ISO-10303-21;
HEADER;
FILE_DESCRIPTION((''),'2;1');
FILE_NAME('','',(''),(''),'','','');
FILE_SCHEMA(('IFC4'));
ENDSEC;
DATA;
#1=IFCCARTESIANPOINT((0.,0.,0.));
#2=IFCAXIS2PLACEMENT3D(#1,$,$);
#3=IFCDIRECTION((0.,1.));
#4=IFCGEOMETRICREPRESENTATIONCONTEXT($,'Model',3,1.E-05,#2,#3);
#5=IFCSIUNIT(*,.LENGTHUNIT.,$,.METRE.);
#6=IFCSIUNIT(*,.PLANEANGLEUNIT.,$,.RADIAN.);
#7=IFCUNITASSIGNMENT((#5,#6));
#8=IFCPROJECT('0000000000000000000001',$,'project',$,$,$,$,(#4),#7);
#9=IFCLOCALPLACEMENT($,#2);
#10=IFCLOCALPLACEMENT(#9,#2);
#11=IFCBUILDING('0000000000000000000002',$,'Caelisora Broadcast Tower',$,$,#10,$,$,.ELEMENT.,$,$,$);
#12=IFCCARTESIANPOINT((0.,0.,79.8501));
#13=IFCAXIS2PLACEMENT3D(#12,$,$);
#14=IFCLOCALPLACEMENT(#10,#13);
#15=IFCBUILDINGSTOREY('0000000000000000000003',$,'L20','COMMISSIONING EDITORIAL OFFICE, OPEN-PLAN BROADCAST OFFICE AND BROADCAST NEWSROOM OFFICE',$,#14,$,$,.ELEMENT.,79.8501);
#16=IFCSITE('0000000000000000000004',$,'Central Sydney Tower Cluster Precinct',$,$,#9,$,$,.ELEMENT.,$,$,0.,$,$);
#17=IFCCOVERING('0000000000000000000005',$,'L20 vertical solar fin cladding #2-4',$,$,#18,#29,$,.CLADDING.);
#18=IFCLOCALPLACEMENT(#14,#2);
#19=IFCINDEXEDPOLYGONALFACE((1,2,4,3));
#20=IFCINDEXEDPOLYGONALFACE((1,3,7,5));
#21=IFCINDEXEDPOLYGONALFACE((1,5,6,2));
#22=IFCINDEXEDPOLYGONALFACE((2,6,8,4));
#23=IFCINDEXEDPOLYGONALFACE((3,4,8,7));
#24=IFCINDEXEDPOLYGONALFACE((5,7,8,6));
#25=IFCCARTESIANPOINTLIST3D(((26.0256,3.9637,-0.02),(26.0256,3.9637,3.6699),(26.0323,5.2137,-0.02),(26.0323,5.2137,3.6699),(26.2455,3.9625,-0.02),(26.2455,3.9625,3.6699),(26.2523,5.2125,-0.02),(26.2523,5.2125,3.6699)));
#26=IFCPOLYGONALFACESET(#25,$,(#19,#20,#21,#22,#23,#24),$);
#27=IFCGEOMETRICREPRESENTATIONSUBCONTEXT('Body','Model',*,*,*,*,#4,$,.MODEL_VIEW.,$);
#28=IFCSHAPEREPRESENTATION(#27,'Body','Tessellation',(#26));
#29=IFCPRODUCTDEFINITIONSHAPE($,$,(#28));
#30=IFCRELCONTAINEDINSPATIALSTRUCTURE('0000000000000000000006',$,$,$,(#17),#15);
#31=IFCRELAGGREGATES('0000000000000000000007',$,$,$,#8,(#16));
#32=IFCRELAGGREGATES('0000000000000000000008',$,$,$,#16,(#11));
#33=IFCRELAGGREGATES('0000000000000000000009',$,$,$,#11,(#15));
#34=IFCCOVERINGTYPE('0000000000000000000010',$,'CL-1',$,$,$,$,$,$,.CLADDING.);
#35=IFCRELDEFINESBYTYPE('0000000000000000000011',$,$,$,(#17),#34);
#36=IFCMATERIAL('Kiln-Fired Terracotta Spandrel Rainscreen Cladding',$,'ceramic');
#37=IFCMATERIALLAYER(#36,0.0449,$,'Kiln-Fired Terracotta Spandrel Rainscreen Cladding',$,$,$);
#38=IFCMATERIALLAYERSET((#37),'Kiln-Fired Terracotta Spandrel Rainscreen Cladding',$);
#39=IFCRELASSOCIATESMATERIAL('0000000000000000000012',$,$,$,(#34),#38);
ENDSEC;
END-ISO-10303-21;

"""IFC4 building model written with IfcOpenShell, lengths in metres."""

from ifc_helpers import new_model, si_unit, direction, frame, origin, origin_2d, place, context, subcontext, project, spatial, rectangle, extrude, source, transform, mapped, material, layer, layer_set, type_object, type_shapes, element, save


model = new_model("IFC4")

# Units and contexts
model_context = context("Model", 3, precision=1e-05, world=origin(), true_north=direction((0.0, 1.0)))
body_context = subcontext(model_context, "Body", "Model", "MODEL_VIEW")
ifc_project = project(units=[si_unit("LENGTHUNIT", "METRE"), si_unit("PLANEANGLEUNIT", "RADIAN")], contexts=[model_context])

# Site, building, storey
site_placement = place(None, origin())
site = spatial("IfcSite", under=ifc_project, at=site_placement, Name="Central Sydney Tower Cluster Precinct", CompositionType="ELEMENT", RefElevation=0.0)
building_placement = place(site_placement, origin())
building = spatial("IfcBuilding", under=site, at=building_placement, Name="Caelisora Broadcast Tower", CompositionType="ELEMENT")
storey_placement = place(building_placement, frame((0.0, 0.0, 79.8501)))
storey = spatial("IfcBuildingStorey", under=building, at=storey_placement, Name="L20", Description="COMMISSIONING EDITORIAL OFFICE, OPEN-PLAN BROADCAST OFFICE AND BROADCAST NEWSROOM OFFICE", CompositionType="ELEMENT", Elevation=79.8501)

# Covering
ifc_material_1 = material(Name="Kiln-Fired Terracotta Spandrel Rainscreen Cladding", Category="ceramic")
ifc_layer_1 = layer(ifc_material_1, 0.0449, Name="Kiln-Fired Terracotta Spandrel Rainscreen Cladding")
ifc_layer_set_1 = layer_set([ifc_layer_1], Name="Kiln-Fired Terracotta Spandrel Rainscreen Cladding")
covering_type = type_object("IfcCoveringType", Name="CL-1", PredefinedType="CLADDING", material=ifc_layer_set_1)
shared_shape_1 = source(origin(), body_context, "Body", "SweptSolid", [
    extrude(rectangle(XDim=0.22, YDim=1.25, at=origin_2d()), origin(), (0.0, 0.0, 1.0), 3.6899),
])
type_shapes(covering_type, [shared_shape_1])
covering_placement = place(storey_placement, frame((26.1389, 4.5881, -0.02), z_axis=(0.0, 0.0, 1.0), x_axis=(-0.999985, 0.00541, 0.0)))
element("IfcCovering", 1, at=covering_placement, inside=storey, type_object=covering_type, Name="L20 vertical solar fin cladding #2-4", PredefinedType="CLADDING", context=body_context, shape_type="MappedRepresentation", body=[
    mapped(shared_shape_1, transform((0.0, 0.0, 0.0), scale=1.0)),
])

save(model, "model.ifc")
